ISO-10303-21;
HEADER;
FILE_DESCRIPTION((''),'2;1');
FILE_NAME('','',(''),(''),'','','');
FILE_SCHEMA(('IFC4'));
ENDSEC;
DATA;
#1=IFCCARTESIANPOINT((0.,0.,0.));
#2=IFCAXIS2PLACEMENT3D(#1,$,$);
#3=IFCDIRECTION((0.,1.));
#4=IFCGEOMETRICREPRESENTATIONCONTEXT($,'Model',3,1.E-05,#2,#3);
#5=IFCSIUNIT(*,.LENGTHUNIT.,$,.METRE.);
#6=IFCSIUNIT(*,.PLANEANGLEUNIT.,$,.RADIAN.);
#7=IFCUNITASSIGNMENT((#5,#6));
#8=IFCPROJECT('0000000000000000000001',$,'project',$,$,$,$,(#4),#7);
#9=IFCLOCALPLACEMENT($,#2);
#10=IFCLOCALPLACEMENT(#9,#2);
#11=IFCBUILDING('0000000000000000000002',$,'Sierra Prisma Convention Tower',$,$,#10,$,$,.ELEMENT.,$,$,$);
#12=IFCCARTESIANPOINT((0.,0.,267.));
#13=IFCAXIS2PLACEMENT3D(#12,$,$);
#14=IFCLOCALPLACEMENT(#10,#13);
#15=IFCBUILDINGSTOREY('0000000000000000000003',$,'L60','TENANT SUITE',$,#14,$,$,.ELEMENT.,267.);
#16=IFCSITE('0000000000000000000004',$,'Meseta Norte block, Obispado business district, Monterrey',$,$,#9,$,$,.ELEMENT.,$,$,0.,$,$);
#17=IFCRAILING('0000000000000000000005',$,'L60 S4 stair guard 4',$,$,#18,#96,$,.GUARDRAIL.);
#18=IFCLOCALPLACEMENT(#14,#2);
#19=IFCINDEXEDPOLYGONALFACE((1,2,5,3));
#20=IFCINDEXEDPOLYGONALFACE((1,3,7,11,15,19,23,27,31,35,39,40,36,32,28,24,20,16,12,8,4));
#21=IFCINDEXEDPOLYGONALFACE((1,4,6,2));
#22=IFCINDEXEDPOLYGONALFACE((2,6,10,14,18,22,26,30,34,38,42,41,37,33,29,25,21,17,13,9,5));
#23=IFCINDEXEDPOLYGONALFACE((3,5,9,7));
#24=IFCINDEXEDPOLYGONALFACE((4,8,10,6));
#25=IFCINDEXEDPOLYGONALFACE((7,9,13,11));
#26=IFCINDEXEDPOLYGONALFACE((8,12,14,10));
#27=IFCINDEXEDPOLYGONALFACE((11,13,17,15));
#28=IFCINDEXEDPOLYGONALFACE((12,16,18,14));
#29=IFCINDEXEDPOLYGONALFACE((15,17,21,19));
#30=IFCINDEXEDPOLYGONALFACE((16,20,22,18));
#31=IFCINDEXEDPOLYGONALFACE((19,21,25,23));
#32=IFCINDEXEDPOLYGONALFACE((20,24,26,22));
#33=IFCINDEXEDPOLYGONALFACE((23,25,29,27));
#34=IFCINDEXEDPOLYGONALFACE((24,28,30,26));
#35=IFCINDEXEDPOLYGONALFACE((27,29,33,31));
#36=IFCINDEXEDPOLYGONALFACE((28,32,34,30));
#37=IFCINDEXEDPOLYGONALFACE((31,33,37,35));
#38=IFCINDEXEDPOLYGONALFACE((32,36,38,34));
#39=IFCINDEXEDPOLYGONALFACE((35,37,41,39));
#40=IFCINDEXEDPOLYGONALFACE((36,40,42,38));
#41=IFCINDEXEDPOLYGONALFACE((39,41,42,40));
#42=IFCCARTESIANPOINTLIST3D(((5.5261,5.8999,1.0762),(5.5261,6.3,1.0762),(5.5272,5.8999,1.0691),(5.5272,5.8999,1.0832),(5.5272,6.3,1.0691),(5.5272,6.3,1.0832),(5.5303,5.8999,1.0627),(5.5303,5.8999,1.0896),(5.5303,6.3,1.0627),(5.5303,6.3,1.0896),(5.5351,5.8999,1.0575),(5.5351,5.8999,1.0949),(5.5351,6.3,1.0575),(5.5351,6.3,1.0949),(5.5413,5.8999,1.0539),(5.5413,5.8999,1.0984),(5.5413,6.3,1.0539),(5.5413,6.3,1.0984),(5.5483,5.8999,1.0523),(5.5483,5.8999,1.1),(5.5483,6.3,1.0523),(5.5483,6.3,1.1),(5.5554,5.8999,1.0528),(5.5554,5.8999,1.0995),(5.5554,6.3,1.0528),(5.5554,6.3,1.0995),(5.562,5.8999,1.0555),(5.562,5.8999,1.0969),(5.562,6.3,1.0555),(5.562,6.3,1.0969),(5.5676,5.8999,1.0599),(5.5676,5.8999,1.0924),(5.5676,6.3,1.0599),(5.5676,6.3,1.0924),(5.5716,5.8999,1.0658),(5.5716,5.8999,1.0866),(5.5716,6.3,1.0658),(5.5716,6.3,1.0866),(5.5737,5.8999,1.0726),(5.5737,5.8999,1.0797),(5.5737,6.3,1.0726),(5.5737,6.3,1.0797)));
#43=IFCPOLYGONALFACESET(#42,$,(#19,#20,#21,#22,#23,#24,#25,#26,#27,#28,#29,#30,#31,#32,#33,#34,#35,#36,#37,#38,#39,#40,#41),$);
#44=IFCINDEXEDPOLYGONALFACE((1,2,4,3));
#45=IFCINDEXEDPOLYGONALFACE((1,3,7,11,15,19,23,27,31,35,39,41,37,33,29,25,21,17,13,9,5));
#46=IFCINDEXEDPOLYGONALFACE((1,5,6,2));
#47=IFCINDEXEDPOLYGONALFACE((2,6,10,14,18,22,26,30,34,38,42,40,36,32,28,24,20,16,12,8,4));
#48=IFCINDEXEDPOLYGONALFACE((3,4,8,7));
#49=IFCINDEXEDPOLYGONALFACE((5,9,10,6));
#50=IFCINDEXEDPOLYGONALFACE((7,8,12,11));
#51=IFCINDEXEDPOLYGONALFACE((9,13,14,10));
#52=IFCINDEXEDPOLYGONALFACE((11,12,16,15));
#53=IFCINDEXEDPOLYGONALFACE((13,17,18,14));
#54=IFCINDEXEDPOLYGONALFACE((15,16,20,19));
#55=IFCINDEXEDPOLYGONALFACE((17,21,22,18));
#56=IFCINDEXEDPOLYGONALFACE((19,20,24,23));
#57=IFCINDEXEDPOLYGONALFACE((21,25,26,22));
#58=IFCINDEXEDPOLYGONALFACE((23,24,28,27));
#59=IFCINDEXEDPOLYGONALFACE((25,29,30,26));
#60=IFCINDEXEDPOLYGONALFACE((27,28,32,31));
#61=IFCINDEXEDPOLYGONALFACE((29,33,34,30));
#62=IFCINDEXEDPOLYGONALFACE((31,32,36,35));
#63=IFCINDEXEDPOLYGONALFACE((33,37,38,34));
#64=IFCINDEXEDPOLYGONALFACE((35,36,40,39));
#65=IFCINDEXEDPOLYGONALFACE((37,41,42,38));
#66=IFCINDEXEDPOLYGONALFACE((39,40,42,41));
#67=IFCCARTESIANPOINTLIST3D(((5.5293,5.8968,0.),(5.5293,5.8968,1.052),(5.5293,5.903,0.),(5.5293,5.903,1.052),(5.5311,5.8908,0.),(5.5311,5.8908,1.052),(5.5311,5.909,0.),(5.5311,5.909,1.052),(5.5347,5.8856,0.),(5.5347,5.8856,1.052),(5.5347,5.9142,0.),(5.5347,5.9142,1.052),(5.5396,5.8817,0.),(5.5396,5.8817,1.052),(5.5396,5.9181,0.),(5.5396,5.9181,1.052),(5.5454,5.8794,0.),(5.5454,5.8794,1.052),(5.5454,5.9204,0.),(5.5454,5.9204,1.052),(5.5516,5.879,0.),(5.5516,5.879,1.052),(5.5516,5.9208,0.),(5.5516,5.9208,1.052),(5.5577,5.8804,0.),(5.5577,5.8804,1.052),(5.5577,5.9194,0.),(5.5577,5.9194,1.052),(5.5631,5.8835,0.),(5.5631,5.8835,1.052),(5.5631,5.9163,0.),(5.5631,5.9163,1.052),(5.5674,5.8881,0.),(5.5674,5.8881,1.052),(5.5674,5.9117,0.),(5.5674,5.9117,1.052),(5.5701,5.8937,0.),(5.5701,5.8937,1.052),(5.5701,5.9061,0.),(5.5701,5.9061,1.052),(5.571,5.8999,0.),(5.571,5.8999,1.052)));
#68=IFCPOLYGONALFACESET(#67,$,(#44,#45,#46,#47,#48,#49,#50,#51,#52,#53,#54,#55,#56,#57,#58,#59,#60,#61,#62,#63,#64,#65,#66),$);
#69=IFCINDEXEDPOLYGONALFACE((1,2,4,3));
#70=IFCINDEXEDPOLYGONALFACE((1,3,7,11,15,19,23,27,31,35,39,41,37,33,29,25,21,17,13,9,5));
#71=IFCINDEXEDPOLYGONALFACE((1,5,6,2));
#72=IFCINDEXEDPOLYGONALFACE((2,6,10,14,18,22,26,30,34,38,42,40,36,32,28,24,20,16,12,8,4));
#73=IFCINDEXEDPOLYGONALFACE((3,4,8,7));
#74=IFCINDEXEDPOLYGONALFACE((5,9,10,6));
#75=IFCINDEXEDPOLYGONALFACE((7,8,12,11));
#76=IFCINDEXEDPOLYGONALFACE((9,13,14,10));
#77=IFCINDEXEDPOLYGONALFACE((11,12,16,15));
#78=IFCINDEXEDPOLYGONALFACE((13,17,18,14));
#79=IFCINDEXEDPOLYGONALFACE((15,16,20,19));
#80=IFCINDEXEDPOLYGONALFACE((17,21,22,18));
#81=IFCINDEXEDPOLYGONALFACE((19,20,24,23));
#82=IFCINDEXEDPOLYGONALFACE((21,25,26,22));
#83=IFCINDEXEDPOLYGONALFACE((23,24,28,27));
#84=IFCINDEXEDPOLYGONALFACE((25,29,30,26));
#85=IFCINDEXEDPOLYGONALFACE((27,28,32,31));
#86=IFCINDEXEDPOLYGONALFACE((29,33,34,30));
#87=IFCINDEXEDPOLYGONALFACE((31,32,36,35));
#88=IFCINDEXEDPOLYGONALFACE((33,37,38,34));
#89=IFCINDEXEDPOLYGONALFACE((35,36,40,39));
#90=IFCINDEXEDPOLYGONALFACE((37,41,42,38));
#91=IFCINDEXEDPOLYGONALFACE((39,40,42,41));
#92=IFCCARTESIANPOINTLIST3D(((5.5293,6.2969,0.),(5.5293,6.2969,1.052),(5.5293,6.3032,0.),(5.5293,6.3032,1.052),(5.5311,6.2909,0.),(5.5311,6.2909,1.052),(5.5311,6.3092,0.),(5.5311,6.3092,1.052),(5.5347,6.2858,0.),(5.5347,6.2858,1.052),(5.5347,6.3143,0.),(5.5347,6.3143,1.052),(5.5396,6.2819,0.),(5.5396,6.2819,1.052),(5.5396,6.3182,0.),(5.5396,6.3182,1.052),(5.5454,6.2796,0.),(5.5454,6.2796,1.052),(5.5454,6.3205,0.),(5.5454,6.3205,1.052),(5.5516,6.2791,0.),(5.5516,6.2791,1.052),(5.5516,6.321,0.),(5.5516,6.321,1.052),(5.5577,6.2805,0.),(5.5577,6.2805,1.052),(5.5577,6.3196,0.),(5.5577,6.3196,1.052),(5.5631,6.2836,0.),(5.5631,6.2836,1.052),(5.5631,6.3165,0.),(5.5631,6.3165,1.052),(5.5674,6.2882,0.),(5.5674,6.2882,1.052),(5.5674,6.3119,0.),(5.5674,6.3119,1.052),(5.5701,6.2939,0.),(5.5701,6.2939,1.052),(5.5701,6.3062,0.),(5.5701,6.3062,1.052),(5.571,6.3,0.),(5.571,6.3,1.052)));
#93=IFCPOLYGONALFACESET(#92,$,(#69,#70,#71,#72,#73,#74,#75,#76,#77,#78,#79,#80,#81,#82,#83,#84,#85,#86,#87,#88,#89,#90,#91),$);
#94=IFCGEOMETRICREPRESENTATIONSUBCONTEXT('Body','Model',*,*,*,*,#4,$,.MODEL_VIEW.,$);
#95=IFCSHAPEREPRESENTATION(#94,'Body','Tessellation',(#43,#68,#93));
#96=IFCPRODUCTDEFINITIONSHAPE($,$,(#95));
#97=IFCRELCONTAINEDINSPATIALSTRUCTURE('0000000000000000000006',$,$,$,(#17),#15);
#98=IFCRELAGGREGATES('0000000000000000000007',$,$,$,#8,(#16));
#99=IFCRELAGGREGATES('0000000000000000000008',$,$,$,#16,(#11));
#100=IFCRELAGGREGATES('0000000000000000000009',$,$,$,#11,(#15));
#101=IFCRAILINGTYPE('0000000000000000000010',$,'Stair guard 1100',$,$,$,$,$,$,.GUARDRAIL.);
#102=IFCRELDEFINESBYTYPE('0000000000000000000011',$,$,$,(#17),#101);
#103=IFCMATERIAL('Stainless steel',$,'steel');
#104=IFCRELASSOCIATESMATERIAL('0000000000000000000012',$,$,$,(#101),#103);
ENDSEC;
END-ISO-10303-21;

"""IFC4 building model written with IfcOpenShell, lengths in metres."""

from ifc_helpers import new_model, si_unit, direction, frame, origin, origin_2d, place, context, subcontext, project, spatial, circle, extrude, material, type_object, element, save


model = new_model("IFC4")

# Units and contexts
model_context = context("Model", 3, precision=1e-05, world=origin(), true_north=direction((0.0, 1.0)))
body_context = subcontext(model_context, "Body", "Model", "MODEL_VIEW")
ifc_project = project(units=[si_unit("LENGTHUNIT", "METRE"), si_unit("PLANEANGLEUNIT", "RADIAN")], contexts=[model_context])

# Site, building, storey
site_placement = place(None, origin())
site = spatial("IfcSite", under=ifc_project, at=site_placement, Name="Meseta Norte block, Obispado business district, Monterrey", CompositionType="ELEMENT", RefElevation=0.0)
building_placement = place(site_placement, origin())
building = spatial("IfcBuilding", under=site, at=building_placement, Name="Sierra Prisma Convention Tower", CompositionType="ELEMENT")
storey_placement = place(building_placement, frame((0.0, 0.0, 267.0)))
storey = spatial("IfcBuildingStorey", under=building, at=storey_placement, Name="L60", Description="TENANT SUITE", CompositionType="ELEMENT", Elevation=267.0)

# Railing
ifc_material_1 = material(Name="Stainless steel", Category="steel")
railing_type_1 = type_object("IfcRailingType", Name="Stair guard 1100", PredefinedType="GUARDRAIL", material=ifc_material_1)
railing_1_placement = place(storey_placement, frame((5.55, 5.8999, 0.0)))
element("IfcRailing", 1, at=railing_1_placement, inside=storey, type_object=railing_type_1, Name="L60 S4 stair guard 4", PredefinedType="GUARDRAIL", context=body_context, shape_type="SweptSolid", body=[
    extrude(circle(Radius=0.0239, at=origin_2d()), frame((0.0, 0.0, 1.0762), z_axis=(0.0, 1.0, 0.0), x_axis=(-1.0, 0.0, 0.0)), (0.0, 0.0, 1.0), 0.4001),
    extrude(circle(Radius=0.021, at=origin_2d()), origin(), (0.0, 0.0, 1.0), 1.052),
    extrude(circle(Radius=0.021, at=origin_2d()), frame((0.0, 0.4001, 0.0)), (0.0, 0.0, 1.0), 1.052),
])

save(model, "model.ifc")
